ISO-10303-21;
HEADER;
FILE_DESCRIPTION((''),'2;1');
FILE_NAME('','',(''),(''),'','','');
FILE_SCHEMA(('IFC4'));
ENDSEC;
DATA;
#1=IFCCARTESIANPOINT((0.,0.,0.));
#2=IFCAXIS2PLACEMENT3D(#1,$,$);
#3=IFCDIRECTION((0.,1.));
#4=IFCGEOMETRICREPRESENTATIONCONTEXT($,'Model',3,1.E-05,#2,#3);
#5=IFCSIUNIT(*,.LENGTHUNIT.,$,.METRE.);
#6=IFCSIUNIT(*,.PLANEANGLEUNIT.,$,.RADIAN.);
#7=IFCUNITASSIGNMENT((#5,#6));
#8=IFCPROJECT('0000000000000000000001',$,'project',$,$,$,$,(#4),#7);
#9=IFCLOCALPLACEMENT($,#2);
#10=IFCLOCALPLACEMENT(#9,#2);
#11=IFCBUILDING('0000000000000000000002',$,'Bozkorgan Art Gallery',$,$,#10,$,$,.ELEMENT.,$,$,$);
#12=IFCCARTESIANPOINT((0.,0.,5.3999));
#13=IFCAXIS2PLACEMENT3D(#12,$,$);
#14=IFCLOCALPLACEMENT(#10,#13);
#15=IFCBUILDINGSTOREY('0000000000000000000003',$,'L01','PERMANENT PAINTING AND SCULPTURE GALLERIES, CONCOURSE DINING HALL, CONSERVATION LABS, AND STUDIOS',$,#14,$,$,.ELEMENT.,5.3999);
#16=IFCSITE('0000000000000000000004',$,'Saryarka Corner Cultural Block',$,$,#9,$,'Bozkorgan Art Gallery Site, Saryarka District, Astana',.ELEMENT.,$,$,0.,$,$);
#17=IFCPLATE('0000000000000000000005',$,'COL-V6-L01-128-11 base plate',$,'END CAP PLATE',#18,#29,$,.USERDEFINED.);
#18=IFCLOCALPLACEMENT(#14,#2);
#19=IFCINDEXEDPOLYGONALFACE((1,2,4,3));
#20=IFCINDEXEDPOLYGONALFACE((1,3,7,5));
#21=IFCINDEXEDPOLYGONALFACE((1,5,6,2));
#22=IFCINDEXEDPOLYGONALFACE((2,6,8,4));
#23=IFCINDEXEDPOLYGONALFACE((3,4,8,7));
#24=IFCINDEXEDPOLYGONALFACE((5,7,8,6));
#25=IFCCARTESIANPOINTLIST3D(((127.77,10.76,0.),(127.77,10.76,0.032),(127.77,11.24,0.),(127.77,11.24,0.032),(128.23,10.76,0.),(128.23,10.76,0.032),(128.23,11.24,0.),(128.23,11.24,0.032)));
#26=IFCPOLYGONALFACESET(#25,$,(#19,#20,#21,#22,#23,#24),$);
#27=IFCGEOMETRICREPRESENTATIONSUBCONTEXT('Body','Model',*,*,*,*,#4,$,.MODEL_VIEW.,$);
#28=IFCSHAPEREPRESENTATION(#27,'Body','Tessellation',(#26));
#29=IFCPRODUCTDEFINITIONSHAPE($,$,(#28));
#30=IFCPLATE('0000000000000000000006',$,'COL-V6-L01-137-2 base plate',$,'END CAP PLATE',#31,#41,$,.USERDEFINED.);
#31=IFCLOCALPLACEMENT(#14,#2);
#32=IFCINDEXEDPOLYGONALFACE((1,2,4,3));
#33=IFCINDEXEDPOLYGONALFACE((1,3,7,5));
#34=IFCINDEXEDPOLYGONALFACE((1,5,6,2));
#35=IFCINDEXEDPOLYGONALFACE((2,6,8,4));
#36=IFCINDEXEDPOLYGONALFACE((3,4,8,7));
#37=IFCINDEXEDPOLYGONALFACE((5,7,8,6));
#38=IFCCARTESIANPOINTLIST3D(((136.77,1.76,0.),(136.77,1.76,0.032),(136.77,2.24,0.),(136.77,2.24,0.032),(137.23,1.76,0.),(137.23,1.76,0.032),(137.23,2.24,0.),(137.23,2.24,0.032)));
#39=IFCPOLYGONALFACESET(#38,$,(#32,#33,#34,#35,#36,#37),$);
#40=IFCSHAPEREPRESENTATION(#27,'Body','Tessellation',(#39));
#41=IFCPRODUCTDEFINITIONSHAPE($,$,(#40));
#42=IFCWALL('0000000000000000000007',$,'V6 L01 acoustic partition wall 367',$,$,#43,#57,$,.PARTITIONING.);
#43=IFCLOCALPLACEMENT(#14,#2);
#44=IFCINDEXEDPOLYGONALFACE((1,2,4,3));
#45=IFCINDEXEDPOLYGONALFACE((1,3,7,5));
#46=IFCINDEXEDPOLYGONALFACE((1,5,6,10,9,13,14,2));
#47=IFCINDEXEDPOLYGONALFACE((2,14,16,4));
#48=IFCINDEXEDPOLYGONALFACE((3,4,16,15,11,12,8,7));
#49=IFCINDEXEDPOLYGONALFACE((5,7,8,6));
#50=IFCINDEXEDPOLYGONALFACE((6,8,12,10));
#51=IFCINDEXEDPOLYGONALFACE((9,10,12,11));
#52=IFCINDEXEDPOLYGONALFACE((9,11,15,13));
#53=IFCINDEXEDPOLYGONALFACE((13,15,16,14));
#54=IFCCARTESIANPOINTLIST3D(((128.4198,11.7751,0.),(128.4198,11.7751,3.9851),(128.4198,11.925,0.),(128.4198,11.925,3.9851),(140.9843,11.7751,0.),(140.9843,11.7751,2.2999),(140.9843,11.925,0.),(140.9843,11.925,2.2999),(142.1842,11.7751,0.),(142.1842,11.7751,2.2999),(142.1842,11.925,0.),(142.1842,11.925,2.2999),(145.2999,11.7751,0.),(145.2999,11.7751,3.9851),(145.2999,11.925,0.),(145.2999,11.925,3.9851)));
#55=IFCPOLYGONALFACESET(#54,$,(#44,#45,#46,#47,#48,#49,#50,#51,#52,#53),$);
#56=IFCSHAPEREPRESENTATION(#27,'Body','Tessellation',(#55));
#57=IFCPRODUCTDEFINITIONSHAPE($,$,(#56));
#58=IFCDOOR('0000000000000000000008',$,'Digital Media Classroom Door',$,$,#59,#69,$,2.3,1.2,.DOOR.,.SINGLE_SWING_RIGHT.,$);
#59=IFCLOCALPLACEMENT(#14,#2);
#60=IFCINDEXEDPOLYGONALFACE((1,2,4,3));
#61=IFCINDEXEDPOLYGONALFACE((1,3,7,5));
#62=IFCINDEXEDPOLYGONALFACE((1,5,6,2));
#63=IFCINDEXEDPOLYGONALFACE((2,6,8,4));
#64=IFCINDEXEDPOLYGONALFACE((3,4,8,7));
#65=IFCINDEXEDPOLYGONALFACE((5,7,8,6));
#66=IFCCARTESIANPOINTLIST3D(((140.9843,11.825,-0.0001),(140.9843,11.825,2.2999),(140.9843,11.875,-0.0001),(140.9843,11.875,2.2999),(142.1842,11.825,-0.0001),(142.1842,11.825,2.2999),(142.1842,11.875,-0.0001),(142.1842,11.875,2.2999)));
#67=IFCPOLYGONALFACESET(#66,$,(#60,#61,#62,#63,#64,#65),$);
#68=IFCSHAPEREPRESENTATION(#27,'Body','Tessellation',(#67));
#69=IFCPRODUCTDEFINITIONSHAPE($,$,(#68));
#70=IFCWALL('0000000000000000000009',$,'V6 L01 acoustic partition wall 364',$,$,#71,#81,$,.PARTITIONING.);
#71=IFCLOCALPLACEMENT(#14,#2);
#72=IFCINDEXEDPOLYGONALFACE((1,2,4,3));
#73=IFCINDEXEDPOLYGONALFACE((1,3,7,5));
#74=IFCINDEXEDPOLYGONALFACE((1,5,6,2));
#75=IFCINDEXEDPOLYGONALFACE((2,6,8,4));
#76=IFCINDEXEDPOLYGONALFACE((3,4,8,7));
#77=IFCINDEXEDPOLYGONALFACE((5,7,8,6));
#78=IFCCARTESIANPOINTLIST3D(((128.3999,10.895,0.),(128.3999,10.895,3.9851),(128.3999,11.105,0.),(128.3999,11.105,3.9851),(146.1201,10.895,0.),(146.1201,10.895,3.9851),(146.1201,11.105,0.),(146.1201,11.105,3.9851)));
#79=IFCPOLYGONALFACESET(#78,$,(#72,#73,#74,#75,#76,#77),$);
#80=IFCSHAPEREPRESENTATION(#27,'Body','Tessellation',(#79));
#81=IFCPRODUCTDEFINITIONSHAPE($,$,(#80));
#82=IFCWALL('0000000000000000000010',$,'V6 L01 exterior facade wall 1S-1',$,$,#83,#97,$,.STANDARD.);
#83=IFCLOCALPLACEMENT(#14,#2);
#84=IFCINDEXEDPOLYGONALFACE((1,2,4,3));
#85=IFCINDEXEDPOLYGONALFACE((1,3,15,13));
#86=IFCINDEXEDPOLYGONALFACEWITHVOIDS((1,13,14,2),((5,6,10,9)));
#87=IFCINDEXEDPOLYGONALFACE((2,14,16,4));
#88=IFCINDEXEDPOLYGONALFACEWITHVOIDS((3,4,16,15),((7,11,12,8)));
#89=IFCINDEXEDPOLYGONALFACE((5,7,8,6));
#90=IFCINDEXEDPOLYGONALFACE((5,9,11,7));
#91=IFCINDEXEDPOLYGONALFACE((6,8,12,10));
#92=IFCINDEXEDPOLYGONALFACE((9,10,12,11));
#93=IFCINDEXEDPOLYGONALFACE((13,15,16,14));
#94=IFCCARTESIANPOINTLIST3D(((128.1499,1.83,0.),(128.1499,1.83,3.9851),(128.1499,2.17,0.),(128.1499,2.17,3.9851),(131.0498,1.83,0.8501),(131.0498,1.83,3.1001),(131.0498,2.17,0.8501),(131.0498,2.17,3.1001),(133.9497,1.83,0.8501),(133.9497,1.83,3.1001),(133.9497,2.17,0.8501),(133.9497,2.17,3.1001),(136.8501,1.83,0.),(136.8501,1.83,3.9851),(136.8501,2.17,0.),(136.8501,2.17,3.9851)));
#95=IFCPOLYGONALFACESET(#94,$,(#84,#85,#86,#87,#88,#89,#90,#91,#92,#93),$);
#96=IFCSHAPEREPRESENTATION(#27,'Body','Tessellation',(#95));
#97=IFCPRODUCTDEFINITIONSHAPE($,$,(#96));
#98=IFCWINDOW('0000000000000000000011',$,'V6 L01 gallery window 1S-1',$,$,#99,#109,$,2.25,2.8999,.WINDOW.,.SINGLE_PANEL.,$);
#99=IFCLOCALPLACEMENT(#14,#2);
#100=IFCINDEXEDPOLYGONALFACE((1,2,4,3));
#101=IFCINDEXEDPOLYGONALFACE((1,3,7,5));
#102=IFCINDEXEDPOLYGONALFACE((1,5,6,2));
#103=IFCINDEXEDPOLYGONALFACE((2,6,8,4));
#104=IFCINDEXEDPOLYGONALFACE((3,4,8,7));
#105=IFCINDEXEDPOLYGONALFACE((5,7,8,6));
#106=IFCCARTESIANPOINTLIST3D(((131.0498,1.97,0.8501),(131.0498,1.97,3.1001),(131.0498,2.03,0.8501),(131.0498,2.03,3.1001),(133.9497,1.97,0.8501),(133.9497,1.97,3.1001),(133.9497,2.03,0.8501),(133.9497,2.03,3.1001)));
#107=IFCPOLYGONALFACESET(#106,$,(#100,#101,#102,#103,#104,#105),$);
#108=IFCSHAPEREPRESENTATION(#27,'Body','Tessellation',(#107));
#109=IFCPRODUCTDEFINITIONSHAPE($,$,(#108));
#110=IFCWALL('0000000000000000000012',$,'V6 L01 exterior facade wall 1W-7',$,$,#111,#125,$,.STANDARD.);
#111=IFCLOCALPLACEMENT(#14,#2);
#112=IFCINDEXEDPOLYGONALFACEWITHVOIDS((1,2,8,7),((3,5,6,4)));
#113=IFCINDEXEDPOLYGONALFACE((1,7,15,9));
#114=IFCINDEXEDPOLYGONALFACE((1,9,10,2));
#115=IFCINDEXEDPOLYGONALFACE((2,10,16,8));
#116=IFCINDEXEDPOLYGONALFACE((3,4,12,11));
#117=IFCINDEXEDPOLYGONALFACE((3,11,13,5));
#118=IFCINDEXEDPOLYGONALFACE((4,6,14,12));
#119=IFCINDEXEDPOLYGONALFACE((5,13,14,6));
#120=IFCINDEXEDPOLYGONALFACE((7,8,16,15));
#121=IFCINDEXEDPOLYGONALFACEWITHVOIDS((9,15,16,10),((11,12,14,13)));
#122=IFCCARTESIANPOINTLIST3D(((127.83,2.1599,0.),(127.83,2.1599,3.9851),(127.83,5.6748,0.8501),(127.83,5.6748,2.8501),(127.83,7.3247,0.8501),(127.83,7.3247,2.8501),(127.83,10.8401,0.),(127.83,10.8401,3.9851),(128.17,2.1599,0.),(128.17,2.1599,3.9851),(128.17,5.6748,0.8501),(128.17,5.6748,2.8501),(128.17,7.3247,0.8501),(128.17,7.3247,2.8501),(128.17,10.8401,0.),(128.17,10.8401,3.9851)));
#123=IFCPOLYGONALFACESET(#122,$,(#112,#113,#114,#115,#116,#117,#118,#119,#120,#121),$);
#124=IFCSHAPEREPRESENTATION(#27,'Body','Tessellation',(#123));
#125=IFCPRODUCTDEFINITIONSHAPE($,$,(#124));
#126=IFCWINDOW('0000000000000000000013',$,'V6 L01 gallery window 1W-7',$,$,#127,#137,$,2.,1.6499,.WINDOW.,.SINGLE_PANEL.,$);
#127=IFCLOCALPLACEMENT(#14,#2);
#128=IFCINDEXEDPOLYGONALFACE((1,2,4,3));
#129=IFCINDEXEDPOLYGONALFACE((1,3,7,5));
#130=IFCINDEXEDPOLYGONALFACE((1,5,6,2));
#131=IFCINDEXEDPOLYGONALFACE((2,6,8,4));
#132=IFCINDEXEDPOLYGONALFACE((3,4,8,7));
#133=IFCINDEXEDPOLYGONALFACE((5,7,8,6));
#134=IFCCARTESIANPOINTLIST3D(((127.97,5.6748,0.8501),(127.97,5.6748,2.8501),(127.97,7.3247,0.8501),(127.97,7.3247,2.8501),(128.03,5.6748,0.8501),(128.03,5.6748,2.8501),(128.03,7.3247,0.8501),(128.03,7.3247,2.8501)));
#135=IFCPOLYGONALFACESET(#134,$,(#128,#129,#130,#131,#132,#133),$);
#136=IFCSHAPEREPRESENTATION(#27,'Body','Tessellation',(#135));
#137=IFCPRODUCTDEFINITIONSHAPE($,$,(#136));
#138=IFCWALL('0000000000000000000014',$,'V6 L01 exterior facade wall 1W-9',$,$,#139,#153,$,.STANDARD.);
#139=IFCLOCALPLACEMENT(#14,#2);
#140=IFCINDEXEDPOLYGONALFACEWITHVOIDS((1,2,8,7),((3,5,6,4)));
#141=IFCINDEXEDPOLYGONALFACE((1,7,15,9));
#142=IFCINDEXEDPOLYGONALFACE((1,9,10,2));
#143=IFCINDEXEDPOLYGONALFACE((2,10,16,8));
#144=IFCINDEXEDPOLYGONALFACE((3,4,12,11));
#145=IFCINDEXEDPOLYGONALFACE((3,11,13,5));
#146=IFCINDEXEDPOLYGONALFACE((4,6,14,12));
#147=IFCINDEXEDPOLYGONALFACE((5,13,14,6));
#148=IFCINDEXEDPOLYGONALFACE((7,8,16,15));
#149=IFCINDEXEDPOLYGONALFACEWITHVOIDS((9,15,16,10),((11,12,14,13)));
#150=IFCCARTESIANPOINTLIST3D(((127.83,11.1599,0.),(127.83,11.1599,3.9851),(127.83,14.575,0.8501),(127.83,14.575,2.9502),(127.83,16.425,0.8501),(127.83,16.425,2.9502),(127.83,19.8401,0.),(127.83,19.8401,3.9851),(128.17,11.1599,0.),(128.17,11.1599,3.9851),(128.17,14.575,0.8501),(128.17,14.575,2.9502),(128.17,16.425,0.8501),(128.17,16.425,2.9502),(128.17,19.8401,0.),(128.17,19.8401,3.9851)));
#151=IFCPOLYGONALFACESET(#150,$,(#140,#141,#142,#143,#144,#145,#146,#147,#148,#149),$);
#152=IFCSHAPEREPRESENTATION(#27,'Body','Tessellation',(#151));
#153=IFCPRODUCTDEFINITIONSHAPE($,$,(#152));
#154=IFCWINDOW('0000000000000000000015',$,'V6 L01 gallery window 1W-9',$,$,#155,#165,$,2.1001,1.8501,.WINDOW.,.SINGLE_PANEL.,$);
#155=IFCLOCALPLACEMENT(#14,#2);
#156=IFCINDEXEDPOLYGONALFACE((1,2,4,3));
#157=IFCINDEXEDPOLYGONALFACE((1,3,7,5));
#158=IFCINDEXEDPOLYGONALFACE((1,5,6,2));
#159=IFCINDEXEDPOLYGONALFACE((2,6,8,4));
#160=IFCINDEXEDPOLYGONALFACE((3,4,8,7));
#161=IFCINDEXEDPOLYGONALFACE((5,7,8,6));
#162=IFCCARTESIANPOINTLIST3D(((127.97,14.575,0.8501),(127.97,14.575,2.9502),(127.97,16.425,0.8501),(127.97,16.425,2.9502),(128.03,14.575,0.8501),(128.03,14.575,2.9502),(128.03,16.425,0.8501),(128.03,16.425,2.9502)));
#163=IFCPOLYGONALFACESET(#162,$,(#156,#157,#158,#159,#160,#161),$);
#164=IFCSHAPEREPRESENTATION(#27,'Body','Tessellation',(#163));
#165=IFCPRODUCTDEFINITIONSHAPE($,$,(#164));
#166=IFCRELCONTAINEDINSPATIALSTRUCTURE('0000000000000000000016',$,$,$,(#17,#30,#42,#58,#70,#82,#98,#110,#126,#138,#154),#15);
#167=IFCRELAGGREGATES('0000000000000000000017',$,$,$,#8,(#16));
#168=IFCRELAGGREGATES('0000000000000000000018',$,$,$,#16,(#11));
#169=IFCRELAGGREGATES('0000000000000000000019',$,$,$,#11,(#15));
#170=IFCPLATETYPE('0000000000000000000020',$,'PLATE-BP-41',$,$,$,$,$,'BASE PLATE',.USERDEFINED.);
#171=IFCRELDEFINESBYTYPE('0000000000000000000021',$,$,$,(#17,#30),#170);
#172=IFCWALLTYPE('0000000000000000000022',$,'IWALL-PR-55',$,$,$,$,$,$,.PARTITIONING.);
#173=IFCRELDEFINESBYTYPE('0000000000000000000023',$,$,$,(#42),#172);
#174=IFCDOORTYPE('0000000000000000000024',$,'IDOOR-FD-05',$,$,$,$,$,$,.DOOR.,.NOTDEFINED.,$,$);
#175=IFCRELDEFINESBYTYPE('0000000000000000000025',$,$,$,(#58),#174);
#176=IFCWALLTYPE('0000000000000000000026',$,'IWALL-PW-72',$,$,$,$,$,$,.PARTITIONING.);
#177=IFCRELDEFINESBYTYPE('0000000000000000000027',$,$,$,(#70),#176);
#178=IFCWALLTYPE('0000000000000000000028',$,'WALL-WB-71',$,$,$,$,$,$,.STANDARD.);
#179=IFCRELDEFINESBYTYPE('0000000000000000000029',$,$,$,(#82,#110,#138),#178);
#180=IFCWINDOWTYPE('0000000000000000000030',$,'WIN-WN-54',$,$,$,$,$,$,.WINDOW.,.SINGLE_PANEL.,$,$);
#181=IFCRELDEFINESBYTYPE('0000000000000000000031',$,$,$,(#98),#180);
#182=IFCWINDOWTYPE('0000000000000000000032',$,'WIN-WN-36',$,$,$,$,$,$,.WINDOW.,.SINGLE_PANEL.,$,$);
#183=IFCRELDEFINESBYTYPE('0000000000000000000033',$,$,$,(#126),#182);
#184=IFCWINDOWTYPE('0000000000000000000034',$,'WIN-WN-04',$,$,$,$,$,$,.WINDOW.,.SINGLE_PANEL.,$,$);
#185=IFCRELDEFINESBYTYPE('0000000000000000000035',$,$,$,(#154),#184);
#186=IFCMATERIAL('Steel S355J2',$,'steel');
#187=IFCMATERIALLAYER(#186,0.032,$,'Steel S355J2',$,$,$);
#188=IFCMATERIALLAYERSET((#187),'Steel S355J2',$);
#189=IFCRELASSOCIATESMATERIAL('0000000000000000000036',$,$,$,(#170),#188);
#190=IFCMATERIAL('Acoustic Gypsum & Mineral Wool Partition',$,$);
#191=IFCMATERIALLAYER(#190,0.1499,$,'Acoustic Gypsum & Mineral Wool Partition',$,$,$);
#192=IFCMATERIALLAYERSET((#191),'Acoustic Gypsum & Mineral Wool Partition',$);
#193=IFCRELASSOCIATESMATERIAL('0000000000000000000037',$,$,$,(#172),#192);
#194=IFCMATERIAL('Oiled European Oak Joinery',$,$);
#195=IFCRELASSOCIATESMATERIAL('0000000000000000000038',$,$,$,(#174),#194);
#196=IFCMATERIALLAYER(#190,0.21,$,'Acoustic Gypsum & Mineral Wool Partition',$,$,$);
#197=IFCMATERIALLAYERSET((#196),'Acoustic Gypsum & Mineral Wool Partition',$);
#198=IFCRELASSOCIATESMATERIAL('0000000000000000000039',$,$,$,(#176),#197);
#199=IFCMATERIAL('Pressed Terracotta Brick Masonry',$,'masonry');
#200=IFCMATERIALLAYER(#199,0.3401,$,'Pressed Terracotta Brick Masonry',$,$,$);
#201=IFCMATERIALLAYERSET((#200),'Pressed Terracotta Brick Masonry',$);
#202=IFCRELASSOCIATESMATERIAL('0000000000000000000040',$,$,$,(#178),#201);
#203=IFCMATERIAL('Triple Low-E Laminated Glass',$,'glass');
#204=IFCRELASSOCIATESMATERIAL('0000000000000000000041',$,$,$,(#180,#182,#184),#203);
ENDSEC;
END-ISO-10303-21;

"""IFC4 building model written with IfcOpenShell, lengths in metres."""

from ifc_helpers import new_model, si_unit, direction, frame, frame_2d, origin, origin_2d, place, context, subcontext, project, spatial, rectangle, extrude, material, layer, layer_set, type_object, element, fill, save


model = new_model("IFC4")

# Units and contexts
model_context = context("Model", 3, precision=1e-05, world=origin(), true_north=direction((0.0, 1.0)))
body_context = subcontext(model_context, "Body", "Model", "MODEL_VIEW")
ifc_project = project(units=[si_unit("LENGTHUNIT", "METRE"), si_unit("PLANEANGLEUNIT", "RADIAN")], contexts=[model_context])

# Site, building, storey
site_placement = place(None, origin())
site = spatial("IfcSite", under=ifc_project, at=site_placement, Name="Saryarka Corner Cultural Block", LongName="Bozkorgan Art Gallery Site, Saryarka District, Astana", CompositionType="ELEMENT", RefElevation=0.0)
building_placement = place(site_placement, origin())
building = spatial("IfcBuilding", under=site, at=building_placement, Name="Bozkorgan Art Gallery", CompositionType="ELEMENT")
storey_placement = place(building_placement, frame((0.0, 0.0, 5.3999)))
storey = spatial("IfcBuildingStorey", under=building, at=storey_placement, Name="L01", Description="PERMANENT PAINTING AND SCULPTURE GALLERIES, CONCOURSE DINING HALL, CONSERVATION LABS, AND STUDIOS", CompositionType="ELEMENT", Elevation=5.3999)

# Shared definitions
ifc_material_1 = material(Name="Steel S355J2", Category="steel")

# Plates
ifc_layer_1 = layer(ifc_material_1, 0.032, Name="Steel S355J2")
ifc_layer_set_1 = layer_set([ifc_layer_1], Name="Steel S355J2")
plate_type = type_object("IfcPlateType", Name="PLATE-BP-41", ElementType="BASE PLATE", PredefinedType="USERDEFINED", material=ifc_layer_set_1)
for number, where, z_axis, x_axis, name in (
    (1, (128.0, 11.0, 0.0), (0.0, 0.0, 1.0), (1.0, 0.0, 0.0), "COL-V6-L01-128-11 base plate"),
    (2, (137.0, 2.0, 0.0), (0.0, 0.0, 1.0), (1.0, 0.0, 0.0), "COL-V6-L01-137-2 base plate"),
):
    element("IfcPlate", number, at=place(storey_placement, frame(where, z_axis=z_axis, x_axis=x_axis)), inside=storey, type_object=plate_type, Name=name, ObjectType="END CAP PLATE", PredefinedType="USERDEFINED", context=body_context, shape_type="SweptSolid", body=[
        extrude(rectangle(XDim=0.46, YDim=0.48, at=origin_2d()), origin(), (0.0, 0.0, 1.0), 0.032),
    ])

# Wall, opening, door
ifc_material_2 = material(Name="Acoustic Gypsum & Mineral Wool Partition")
ifc_layer_2 = layer(ifc_material_2, 0.1499, Name="Acoustic Gypsum & Mineral Wool Partition")
ifc_layer_set_2 = layer_set([ifc_layer_2], Name="Acoustic Gypsum & Mineral Wool Partition")
wall_type_1 = type_object("IfcWallType", Name="IWALL-PR-55", PredefinedType="PARTITIONING", material=ifc_layer_set_2)
wall_1_placement = place(storey_placement, frame((128.4199, 11.8501, 0.0), z_axis=(0.0, 0.0, 1.0), x_axis=(1.0, 0.0, 0.0)))
wall_1 = element("IfcWall", 3, at=wall_1_placement, inside=storey, type_object=wall_type_1, Name="V6 L01 acoustic partition wall 367", PredefinedType="PARTITIONING", context=body_context, shape_type="SweptSolid", body=[
    extrude(rectangle(XDim=16.8801, YDim=0.1499, at=frame_2d((8.4399, 0.0))), origin(), (0.0, 0.0, 1.0), 3.9851),
])
opening_1_placement = place(wall_1_placement, frame((12.5642, 0.0, 0.0)))
opening_1 = element("IfcOpeningElement", 4, at=opening_1_placement, cuts=wall_1, PredefinedType="OPENING", context=body_context, shape_type="SweptSolid", body=[
    extrude(rectangle(XDim=1.2, YDim=2.3, at=frame_2d((0.6001, 1.1499))), frame((0.0, 0.085, 0.0), z_axis=(0.0, -1.0, 0.0), x_axis=(1.0, 0.0, 0.0)), (0.0, 0.0, 1.0), 0.1699),
])
ifc_material_3 = material(Name="Oiled European Oak Joinery")
door_type = type_object("IfcDoorType", Name="IDOOR-FD-05", OperationType="NOTDEFINED", PredefinedType="DOOR", material=ifc_material_3)
door_placement = place(opening_1_placement, origin())
door = element("IfcDoor", 5, at=door_placement, inside=storey, type_object=door_type, Name="Digital Media Classroom Door", OperationType="SINGLE_SWING_RIGHT", OverallHeight=2.3, OverallWidth=1.2, PredefinedType="DOOR", context=body_context, shape_type="SweptSolid", body=[
    extrude(rectangle(XDim=1.2, YDim=2.3, at=frame_2d((0.6001, 1.1499))), frame((0.0, 0.0249, 0.0), z_axis=(0.0, -1.0, 0.0), x_axis=(1.0, 0.0, 0.0)), (0.0, 0.0, 1.0), 0.05),
])
fill(opening_1, door)

# Wall
ifc_layer_3 = layer(ifc_material_2, 0.21, Name="Acoustic Gypsum & Mineral Wool Partition")
ifc_layer_set_3 = layer_set([ifc_layer_3], Name="Acoustic Gypsum & Mineral Wool Partition")
wall_type_2 = type_object("IfcWallType", Name="IWALL-PW-72", PredefinedType="PARTITIONING", material=ifc_layer_set_3)
wall_2_placement = place(storey_placement, frame((128.3999, 11.0, 0.0), z_axis=(0.0, 0.0, 1.0), x_axis=(1.0, 0.0, 0.0)))
element("IfcWall", 6, at=wall_2_placement, inside=storey, type_object=wall_type_2, Name="V6 L01 acoustic partition wall 364", PredefinedType="PARTITIONING", context=body_context, shape_type="SweptSolid", body=[
    extrude(rectangle(XDim=17.7202, YDim=0.21, at=frame_2d((8.8601, 0.0))), origin(), (0.0, 0.0, 1.0), 3.9851),
])

# Walls, openings, windows
ifc_material_4 = material(Name="Pressed Terracotta Brick Masonry", Category="masonry")
ifc_layer_4 = layer(ifc_material_4, 0.3401, Name="Pressed Terracotta Brick Masonry")
ifc_layer_set_4 = layer_set([ifc_layer_4], Name="Pressed Terracotta Brick Masonry")
wall_type_3 = type_object("IfcWallType", Name="WALL-WB-71", PredefinedType="STANDARD", material=ifc_layer_set_4)
wall_3_placement = place(storey_placement, frame((128.1499, 2.0, 0.0), z_axis=(0.0, 0.0, 1.0), x_axis=(1.0, 0.0, 0.0)))
wall_3 = element("IfcWall", 7, at=wall_3_placement, inside=storey, type_object=wall_type_3, Name="V6 L01 exterior facade wall 1S-1", PredefinedType="STANDARD", context=body_context, shape_type="SweptSolid", body=[
    extrude(rectangle(XDim=8.7002, YDim=0.3401, at=frame_2d((4.3501, 0.0))), origin(), (0.0, 0.0, 1.0), 3.9851),
])
opening_2_placement = place(wall_3_placement, frame((5.7998, 0.0, 0.8501), z_axis=(0.0, 0.0, 1.0), x_axis=(-1.0, 0.0, 0.0)))
opening_2 = element("IfcOpeningElement", 8, at=opening_2_placement, cuts=wall_3, PredefinedType="OPENING", context=body_context, shape_type="SweptSolid", body=[
    extrude(rectangle(XDim=2.8999, YDim=2.25, at=frame_2d((1.45, 1.125))), frame((0.0, 0.1802, 0.0), z_axis=(0.0, -1.0, 0.0), x_axis=(1.0, 0.0, 0.0)), (0.0, 0.0, 1.0), 0.3601),
])
ifc_material_5 = material(Name="Triple Low-E Laminated Glass", Category="glass")
window_type_1 = type_object("IfcWindowType", Name="WIN-WN-54", PartitioningType="SINGLE_PANEL", PredefinedType="WINDOW", material=ifc_material_5)
window_1_placement = place(opening_2_placement, origin())
window_1 = element("IfcWindow", 9, at=window_1_placement, inside=storey, type_object=window_type_1, Name="V6 L01 gallery window 1S-1", OverallHeight=2.25, OverallWidth=2.8999, PartitioningType="SINGLE_PANEL", PredefinedType="WINDOW", context=body_context, shape_type="SweptSolid", body=[
    extrude(rectangle(XDim=2.8999, YDim=2.25, at=frame_2d((1.45, 1.125))), frame((0.0, 0.03, 0.0), z_axis=(0.0, -1.0, 0.0), x_axis=(1.0, 0.0, 0.0)), (0.0, 0.0, 1.0), 0.0601),
])
fill(opening_2, window_1)
wall_4_placement = place(storey_placement, frame((128.0, 2.1599, 0.0), z_axis=(0.0, 0.0, 1.0), x_axis=(0.0, 1.0, 0.0)))
wall_4 = element("IfcWall", 10, at=wall_4_placement, inside=storey, type_object=wall_type_3, Name="V6 L01 exterior facade wall 1W-7", PredefinedType="STANDARD", context=body_context, shape_type="SweptSolid", body=[
    extrude(rectangle(XDim=8.6802, YDim=0.3401, at=frame_2d((4.3401, 0.0))), origin(), (0.0, 0.0, 1.0), 3.9851),
])
opening_3_placement = place(wall_4_placement, frame((3.5149, 0.0, 0.8501)))
opening_3 = element("IfcOpeningElement", 11, at=opening_3_placement, cuts=wall_4, PredefinedType="OPENING", context=body_context, shape_type="SweptSolid", body=[
    extrude(rectangle(XDim=1.6499, YDim=2.0, at=frame_2d((0.825, 1.0))), frame((0.0, 0.1802, 0.0), z_axis=(0.0, -1.0, 0.0), x_axis=(1.0, 0.0, 0.0)), (0.0, 0.0, 1.0), 0.3601),
])
window_type_2 = type_object("IfcWindowType", Name="WIN-WN-36", PartitioningType="SINGLE_PANEL", PredefinedType="WINDOW", material=ifc_material_5)
window_2_placement = place(opening_3_placement, origin())
window_2 = element("IfcWindow", 12, at=window_2_placement, inside=storey, type_object=window_type_2, Name="V6 L01 gallery window 1W-7", OverallHeight=2.0, OverallWidth=1.6499, PartitioningType="SINGLE_PANEL", PredefinedType="WINDOW", context=body_context, shape_type="SweptSolid", body=[
    extrude(rectangle(XDim=1.6499, YDim=2.0, at=frame_2d((0.825, 1.0))), frame((0.0, 0.03, 0.0), z_axis=(0.0, -1.0, 0.0), x_axis=(1.0, 0.0, 0.0)), (0.0, 0.0, 1.0), 0.0601),
])
fill(opening_3, window_2)
wall_5_placement = place(storey_placement, frame((128.0, 11.1599, 0.0), z_axis=(0.0, 0.0, 1.0), x_axis=(0.0, 1.0, 0.0)))
wall_5 = element("IfcWall", 13, at=wall_5_placement, inside=storey, type_object=wall_type_3, Name="V6 L01 exterior facade wall 1W-9", PredefinedType="STANDARD", context=body_context, shape_type="SweptSolid", body=[
    extrude(rectangle(XDim=8.6802, YDim=0.3401, at=frame_2d((4.3401, 0.0))), origin(), (0.0, 0.0, 1.0), 3.9851),
])
opening_4_placement = place(wall_5_placement, frame((3.415, 0.0, 0.8501)))
opening_4 = element("IfcOpeningElement", 14, at=opening_4_placement, cuts=wall_5, PredefinedType="OPENING", context=body_context, shape_type="SweptSolid", body=[
    extrude(rectangle(XDim=1.8501, YDim=2.1001, at=frame_2d((0.925, 1.05))), frame((0.0, 0.1802, 0.0), z_axis=(0.0, -1.0, 0.0), x_axis=(1.0, 0.0, 0.0)), (0.0, 0.0, 1.0), 0.3601),
])
window_type_3 = type_object("IfcWindowType", Name="WIN-WN-04", PartitioningType="SINGLE_PANEL", PredefinedType="WINDOW", material=ifc_material_5)
window_3_placement = place(opening_4_placement, origin())
window_3 = element("IfcWindow", 15, at=window_3_placement, inside=storey, type_object=window_type_3, Name="V6 L01 gallery window 1W-9", OverallHeight=2.1001, OverallWidth=1.8501, PartitioningType="SINGLE_PANEL", PredefinedType="WINDOW", context=body_context, shape_type="SweptSolid", body=[
    extrude(rectangle(XDim=1.8501, YDim=2.1001, at=frame_2d((0.925, 1.05))), frame((0.0, 0.03, 0.0), z_axis=(0.0, -1.0, 0.0), x_axis=(1.0, 0.0, 0.0)), (0.0, 0.0, 1.0), 0.0601),
])
fill(opening_4, window_3)

save(model, "model.ifc")
